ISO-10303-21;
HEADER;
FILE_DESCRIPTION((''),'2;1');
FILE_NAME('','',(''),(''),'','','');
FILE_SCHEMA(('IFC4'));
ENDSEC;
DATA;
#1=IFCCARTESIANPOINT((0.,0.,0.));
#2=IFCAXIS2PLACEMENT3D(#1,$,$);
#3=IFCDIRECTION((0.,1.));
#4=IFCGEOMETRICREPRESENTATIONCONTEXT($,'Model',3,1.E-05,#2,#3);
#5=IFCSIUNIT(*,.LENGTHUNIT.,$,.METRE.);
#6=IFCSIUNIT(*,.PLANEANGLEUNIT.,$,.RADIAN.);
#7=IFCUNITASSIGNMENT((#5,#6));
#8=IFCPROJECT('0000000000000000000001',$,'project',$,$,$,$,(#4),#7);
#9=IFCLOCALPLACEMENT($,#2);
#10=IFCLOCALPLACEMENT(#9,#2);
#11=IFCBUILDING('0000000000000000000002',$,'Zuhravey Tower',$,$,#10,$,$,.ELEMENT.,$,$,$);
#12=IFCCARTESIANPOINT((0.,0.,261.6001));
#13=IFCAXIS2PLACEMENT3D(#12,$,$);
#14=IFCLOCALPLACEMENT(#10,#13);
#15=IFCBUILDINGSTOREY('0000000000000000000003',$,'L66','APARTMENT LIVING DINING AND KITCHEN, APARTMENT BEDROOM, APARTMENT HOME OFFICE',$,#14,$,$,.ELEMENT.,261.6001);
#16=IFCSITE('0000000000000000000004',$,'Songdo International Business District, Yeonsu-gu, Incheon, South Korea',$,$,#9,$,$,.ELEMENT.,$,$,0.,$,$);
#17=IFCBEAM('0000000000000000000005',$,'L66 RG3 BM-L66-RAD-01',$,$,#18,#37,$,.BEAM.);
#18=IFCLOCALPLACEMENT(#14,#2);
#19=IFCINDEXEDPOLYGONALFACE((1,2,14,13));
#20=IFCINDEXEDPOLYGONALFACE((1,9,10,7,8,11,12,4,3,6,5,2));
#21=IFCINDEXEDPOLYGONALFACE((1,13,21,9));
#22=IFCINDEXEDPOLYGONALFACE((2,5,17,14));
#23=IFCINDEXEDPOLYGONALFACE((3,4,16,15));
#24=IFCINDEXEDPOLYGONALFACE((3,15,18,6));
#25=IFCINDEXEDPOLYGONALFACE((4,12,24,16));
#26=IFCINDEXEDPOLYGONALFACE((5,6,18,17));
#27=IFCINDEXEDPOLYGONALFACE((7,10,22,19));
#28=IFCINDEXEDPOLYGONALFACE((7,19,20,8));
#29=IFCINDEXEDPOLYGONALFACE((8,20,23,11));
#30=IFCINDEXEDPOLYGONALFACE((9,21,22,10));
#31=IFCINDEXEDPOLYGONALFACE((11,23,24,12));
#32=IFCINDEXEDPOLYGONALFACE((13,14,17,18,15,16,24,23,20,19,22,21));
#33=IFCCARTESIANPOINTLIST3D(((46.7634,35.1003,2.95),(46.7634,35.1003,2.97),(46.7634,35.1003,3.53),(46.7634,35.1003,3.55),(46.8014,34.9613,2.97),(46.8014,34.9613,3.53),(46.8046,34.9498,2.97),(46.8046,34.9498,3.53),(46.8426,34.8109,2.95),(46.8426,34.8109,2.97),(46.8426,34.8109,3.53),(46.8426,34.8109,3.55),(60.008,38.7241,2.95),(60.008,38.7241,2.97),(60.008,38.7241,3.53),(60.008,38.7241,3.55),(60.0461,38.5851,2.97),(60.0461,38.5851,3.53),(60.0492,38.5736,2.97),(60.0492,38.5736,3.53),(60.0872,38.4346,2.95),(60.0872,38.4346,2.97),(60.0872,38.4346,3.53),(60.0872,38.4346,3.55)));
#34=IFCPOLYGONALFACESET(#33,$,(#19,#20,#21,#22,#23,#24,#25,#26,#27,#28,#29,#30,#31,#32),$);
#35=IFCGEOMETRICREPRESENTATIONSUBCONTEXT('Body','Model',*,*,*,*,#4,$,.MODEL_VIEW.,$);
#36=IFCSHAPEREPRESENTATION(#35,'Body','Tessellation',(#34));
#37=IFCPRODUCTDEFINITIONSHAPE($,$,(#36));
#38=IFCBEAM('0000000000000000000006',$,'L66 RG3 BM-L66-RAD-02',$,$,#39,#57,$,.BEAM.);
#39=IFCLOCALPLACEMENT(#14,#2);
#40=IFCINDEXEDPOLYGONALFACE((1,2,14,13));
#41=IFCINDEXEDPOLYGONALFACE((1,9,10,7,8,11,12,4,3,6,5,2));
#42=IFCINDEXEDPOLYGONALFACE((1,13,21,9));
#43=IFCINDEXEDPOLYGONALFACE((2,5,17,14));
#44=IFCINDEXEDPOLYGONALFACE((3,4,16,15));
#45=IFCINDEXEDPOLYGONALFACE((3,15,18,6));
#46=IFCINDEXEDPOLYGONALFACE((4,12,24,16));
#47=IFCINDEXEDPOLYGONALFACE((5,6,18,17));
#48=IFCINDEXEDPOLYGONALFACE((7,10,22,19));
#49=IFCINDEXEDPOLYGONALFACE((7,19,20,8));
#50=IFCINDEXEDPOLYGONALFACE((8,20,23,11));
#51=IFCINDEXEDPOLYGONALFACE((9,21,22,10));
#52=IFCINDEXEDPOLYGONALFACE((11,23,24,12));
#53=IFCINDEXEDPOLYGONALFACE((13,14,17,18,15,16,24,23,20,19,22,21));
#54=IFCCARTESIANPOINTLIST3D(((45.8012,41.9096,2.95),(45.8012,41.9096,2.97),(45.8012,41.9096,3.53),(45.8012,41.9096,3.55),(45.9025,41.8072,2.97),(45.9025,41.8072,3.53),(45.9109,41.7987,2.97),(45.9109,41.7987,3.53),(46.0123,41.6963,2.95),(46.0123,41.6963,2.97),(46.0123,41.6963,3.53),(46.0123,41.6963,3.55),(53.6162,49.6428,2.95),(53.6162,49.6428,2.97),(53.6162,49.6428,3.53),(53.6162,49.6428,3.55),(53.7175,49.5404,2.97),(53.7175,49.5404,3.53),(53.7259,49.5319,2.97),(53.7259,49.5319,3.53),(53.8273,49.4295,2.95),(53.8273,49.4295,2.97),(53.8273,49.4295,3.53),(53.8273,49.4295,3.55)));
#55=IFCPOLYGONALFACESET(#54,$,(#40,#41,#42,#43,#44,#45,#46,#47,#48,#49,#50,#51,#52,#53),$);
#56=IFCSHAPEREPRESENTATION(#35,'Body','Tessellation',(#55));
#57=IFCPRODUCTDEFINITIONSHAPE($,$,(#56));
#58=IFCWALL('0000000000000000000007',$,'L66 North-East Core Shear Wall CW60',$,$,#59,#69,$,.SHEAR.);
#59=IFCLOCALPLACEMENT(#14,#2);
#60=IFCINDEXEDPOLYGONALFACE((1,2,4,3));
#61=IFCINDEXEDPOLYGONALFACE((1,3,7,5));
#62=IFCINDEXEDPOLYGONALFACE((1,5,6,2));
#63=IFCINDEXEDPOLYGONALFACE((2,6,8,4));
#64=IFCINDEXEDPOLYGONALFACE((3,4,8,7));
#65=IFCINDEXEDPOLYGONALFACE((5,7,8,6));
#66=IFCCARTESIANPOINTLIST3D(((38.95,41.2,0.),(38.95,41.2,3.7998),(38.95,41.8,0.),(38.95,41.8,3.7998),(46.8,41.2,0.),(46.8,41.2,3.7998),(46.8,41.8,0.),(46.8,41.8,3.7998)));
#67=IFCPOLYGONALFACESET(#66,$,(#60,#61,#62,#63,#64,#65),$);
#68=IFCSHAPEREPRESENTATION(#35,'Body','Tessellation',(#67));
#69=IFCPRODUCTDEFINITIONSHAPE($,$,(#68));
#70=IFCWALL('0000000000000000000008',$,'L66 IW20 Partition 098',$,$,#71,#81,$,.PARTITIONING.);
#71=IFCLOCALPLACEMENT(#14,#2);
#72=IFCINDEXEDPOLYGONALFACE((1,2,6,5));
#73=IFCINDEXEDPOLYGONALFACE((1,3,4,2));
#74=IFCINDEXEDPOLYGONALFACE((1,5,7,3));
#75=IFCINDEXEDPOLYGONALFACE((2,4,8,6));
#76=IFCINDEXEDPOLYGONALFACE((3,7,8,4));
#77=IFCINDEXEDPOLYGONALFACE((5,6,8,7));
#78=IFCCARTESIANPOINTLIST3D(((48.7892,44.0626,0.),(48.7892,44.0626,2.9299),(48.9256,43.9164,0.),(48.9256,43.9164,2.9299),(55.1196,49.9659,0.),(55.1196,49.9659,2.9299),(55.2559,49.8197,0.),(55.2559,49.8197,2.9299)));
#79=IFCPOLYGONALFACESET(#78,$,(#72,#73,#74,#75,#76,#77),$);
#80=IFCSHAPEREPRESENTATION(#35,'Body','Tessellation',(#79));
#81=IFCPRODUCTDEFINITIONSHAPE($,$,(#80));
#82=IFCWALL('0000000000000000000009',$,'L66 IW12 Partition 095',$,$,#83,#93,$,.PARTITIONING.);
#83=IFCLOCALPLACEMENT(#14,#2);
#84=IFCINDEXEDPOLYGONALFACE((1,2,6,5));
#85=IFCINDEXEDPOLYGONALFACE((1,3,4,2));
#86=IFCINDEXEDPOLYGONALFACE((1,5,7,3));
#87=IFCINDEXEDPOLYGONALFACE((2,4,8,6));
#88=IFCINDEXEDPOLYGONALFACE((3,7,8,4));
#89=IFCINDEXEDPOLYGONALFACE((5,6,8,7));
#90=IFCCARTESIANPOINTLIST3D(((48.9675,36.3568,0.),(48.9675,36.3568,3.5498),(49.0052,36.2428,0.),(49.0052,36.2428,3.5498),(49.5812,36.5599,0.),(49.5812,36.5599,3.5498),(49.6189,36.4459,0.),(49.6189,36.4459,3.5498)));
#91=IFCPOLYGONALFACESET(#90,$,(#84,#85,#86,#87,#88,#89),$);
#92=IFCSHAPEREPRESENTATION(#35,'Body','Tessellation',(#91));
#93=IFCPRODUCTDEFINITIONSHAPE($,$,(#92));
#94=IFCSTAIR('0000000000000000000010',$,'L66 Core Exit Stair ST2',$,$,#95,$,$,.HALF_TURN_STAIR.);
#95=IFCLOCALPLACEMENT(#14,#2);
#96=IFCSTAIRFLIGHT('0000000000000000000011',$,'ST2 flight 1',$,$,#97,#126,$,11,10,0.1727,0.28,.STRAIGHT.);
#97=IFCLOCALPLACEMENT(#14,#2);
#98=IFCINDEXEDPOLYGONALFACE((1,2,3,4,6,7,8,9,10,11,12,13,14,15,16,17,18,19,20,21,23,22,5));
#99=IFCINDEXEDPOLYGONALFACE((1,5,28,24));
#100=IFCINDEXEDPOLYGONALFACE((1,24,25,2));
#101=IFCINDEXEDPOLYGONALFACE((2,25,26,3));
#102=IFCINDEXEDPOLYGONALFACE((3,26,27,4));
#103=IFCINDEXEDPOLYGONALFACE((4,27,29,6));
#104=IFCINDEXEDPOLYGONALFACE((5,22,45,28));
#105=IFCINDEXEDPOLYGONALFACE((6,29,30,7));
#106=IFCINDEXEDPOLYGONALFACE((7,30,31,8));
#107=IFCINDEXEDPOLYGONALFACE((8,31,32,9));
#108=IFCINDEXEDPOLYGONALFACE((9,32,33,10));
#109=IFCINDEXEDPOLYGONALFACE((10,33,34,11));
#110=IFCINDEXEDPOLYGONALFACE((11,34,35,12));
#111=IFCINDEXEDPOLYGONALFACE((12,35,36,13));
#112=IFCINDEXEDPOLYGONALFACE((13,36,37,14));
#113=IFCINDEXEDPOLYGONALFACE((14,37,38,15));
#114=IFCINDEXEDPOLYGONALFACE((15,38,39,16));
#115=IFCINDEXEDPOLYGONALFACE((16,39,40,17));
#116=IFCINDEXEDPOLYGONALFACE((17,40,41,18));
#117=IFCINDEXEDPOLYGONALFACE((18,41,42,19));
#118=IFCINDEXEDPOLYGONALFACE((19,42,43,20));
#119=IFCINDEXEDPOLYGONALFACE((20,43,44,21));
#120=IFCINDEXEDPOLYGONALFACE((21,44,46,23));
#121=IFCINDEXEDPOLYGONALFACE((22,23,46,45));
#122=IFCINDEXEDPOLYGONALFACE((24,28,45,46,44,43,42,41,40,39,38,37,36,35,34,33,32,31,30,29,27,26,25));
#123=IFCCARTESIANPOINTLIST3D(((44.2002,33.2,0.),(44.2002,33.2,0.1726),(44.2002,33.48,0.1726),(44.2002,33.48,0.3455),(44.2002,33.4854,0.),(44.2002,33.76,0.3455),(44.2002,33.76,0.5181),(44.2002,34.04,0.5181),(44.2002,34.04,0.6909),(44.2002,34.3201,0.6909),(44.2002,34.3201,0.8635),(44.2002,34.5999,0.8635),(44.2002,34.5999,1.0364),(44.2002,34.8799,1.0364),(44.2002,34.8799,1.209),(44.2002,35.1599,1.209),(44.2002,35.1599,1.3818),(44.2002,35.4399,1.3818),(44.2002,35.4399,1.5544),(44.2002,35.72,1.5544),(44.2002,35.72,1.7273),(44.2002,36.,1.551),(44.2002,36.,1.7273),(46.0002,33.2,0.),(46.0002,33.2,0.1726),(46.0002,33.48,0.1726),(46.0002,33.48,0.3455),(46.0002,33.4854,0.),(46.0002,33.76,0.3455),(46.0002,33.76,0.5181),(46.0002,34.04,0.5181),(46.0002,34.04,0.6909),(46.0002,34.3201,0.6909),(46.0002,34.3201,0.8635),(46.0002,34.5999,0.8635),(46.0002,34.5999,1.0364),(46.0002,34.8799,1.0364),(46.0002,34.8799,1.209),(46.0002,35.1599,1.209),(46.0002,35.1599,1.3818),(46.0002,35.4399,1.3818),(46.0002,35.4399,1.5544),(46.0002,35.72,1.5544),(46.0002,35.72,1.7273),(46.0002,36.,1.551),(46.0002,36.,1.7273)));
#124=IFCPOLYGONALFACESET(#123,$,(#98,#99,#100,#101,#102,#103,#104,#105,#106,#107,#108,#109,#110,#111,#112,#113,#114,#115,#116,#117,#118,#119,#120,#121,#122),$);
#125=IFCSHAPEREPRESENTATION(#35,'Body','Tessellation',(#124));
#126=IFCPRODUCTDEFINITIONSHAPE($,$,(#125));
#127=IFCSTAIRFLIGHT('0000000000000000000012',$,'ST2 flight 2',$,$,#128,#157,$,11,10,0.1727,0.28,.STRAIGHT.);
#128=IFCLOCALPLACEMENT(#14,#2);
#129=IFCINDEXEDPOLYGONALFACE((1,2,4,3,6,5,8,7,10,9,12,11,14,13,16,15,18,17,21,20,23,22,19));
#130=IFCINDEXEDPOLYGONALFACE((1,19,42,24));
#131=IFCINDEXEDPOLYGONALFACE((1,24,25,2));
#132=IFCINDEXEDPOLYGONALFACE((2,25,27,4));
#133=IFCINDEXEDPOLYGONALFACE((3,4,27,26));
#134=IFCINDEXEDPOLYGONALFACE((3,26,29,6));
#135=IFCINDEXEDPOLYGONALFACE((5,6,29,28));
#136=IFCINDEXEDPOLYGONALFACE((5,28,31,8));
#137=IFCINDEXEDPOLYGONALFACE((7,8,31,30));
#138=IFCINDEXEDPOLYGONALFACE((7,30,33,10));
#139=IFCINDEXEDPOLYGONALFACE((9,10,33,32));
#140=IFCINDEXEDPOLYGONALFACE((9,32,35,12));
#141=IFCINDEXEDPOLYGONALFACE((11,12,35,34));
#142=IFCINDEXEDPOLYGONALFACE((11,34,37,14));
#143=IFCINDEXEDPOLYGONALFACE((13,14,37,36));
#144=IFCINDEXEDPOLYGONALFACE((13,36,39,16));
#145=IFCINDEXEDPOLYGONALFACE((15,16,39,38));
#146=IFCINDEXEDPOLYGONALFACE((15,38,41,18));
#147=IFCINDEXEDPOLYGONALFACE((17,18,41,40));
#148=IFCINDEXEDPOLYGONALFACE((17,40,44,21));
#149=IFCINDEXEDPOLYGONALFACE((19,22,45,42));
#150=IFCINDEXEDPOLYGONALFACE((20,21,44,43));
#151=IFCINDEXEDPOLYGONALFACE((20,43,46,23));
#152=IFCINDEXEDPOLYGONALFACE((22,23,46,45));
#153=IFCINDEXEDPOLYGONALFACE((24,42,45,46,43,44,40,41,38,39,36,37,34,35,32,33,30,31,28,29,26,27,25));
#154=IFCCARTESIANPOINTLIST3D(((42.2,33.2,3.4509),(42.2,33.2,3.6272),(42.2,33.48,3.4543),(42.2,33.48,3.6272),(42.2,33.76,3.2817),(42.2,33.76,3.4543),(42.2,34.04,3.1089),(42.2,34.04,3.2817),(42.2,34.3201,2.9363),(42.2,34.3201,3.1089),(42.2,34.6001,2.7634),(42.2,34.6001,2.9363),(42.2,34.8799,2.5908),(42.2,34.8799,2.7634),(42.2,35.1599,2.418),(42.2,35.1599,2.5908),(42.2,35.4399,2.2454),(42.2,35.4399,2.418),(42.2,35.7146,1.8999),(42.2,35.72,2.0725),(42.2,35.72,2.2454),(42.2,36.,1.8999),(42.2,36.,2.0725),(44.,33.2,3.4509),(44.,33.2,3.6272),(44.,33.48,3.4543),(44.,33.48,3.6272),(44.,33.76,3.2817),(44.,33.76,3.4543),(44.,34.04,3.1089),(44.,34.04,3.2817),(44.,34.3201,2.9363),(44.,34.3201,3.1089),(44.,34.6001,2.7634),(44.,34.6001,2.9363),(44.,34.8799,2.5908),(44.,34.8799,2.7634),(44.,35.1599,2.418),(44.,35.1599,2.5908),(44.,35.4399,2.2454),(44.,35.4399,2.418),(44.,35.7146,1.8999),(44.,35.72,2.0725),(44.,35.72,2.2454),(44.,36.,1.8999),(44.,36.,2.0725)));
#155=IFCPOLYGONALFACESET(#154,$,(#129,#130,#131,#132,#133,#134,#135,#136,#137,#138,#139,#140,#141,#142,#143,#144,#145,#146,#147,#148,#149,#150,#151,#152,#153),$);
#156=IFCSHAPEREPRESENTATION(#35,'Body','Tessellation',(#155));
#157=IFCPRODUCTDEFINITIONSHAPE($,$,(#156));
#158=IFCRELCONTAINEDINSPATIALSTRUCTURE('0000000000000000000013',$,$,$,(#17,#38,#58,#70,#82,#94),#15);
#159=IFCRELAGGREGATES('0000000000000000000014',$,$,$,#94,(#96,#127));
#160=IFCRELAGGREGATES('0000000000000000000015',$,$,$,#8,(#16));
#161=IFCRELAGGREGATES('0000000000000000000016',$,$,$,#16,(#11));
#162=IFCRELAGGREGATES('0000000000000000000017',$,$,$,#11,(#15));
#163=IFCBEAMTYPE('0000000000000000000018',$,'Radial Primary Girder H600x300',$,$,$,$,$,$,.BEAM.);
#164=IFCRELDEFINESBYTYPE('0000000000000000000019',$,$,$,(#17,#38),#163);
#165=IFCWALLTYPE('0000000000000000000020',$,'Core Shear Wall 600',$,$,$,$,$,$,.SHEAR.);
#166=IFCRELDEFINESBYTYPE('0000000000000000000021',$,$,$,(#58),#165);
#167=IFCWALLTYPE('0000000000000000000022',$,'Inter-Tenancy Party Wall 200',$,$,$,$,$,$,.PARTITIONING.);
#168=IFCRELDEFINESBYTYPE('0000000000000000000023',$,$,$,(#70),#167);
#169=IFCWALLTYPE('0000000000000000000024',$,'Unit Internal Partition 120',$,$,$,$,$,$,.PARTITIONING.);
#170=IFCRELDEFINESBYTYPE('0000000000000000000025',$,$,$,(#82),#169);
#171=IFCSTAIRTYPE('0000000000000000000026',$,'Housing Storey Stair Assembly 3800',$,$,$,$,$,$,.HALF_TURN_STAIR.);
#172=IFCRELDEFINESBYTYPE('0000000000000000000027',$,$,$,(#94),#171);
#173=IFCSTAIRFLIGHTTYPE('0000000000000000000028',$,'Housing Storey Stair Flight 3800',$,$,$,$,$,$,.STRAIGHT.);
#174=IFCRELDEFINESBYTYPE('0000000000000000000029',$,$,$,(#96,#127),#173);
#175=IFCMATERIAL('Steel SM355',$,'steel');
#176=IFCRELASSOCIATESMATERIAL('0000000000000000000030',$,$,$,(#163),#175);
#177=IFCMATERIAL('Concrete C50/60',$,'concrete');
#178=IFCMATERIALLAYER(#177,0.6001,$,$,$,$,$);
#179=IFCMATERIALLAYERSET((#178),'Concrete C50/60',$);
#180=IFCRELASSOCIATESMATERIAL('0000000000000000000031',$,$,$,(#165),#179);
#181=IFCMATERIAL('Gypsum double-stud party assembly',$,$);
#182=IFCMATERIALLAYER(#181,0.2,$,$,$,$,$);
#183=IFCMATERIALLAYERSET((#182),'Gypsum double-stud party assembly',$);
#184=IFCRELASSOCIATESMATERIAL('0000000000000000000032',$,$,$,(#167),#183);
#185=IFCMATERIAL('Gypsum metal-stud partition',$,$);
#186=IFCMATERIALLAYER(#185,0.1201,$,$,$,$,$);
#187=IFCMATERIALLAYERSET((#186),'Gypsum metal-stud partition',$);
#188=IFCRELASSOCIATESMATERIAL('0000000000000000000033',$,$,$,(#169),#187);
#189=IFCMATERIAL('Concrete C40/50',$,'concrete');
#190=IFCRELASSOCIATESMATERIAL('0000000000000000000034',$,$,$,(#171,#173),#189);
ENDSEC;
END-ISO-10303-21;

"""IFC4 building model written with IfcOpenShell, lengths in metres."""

from ifc_helpers import new_model, si_unit, direction, frame, frame_2d, origin, origin_2d, place, context, subcontext, project, spatial, polyline, rectangle, i_section, outline, extrude, material, layer, layer_set, material_profile, profile_set, type_object, element, aggregate, save


model = new_model("IFC4")

# Units and contexts
model_context = context("Model", 3, precision=1e-05, world=origin(), true_north=direction((0.0, 1.0)))
body_context = subcontext(model_context, "Body", "Model", "MODEL_VIEW")
ifc_project = project(units=[si_unit("LENGTHUNIT", "METRE"), si_unit("PLANEANGLEUNIT", "RADIAN")], contexts=[model_context])

# Site, building, storey
site_placement = place(None, origin())
site = spatial("IfcSite", under=ifc_project, at=site_placement, Name="Songdo International Business District, Yeonsu-gu, Incheon, South Korea", CompositionType="ELEMENT", RefElevation=0.0)
building_placement = place(site_placement, origin())
building = spatial("IfcBuilding", under=site, at=building_placement, Name="Zuhravey Tower", CompositionType="ELEMENT")
storey_placement = place(building_placement, frame((0.0, 0.0, 261.6001)))
storey = spatial("IfcBuildingStorey", under=building, at=storey_placement, Name="L66", Description="APARTMENT LIVING DINING AND KITCHEN, APARTMENT BEDROOM, APARTMENT HOME OFFICE", CompositionType="ELEMENT", Elevation=261.6001)

# Beams
ifc_material_1 = material(Name="Steel SM355", Category="steel")
ifc_material_profile = material_profile(ifc_material_1, i_section(OverallWidth=0.3, OverallDepth=0.6001, WebThickness=0.012, FlangeThickness=0.02, at=origin_2d()), Name="H-600x300x12x20")
ifc_profile_set = profile_set([ifc_material_profile], Name="Steel SM355")
beam_type = type_object("IfcBeamType", Name="Radial Primary Girder H600x300", PredefinedType="BEAM", material=ifc_profile_set)
beam_1_placement = place(storey_placement, frame((46.803, 34.9556, 3.25), z_axis=(0.964549, 0.263904, 0.0), x_axis=(-0.263904, 0.964549, 0.0)))
element("IfcBeam", 1, at=beam_1_placement, inside=storey, type_object=beam_type, Name="L66 RG3 BM-L66-RAD-01", PredefinedType="BEAM", context=body_context, shape_type="SweptSolid", body=[
    extrude(i_section(OverallWidth=0.3, OverallDepth=0.6001, WebThickness=0.012, FlangeThickness=0.02, at=origin_2d()), origin(), (0.0, 0.0, 1.0), 13.7314),
])
beam_2_placement = place(storey_placement, frame((45.9067, 41.803, 3.25), z_axis=(0.710817, 0.703377, 0.0), x_axis=(-0.703377, 0.710817, 0.0)))
element("IfcBeam", 2, at=beam_2_placement, inside=storey, type_object=beam_type, Name="L66 RG3 BM-L66-RAD-02", PredefinedType="BEAM", context=body_context, shape_type="SweptSolid", body=[
    extrude(i_section(OverallWidth=0.3, OverallDepth=0.6001, WebThickness=0.012, FlangeThickness=0.02, at=origin_2d()), origin(), (0.0, 0.0, 1.0), 10.9944),
])

# Walls
ifc_material_2 = material(Name="Concrete C50/60", Category="concrete")
ifc_layer_1 = layer(ifc_material_2, 0.6001)
ifc_layer_set_1 = layer_set([ifc_layer_1], Name="Concrete C50/60")
wall_type_1 = type_object("IfcWallType", Name="Core Shear Wall 600", PredefinedType="SHEAR", material=ifc_layer_set_1)
wall_1_placement = place(storey_placement, frame((46.8, 41.5, 0.0), z_axis=(0.0, 0.0, 1.0), x_axis=(-1.0, 0.0, 0.0)))
element("IfcWall", 3, at=wall_1_placement, inside=storey, type_object=wall_type_1, Name="L66 North-East Core Shear Wall CW60", PredefinedType="SHEAR", context=body_context, shape_type="SweptSolid", body=[
    extrude(rectangle(XDim=7.8501, YDim=0.6001, at=frame_2d((3.925, 0.0))), origin(), (0.0, 0.0, 1.0), 3.7998),
])
ifc_material_3 = material(Name="Gypsum double-stud party assembly")
ifc_layer_2 = layer(ifc_material_3, 0.2)
ifc_layer_set_2 = layer_set([ifc_layer_2], Name="Gypsum double-stud party assembly")
wall_type_2 = type_object("IfcWallType", Name="Inter-Tenancy Party Wall 200", PredefinedType="PARTITIONING", material=ifc_layer_set_2)
wall_2_placement = place(storey_placement, frame((48.8574, 43.9895, 0.0), z_axis=(0.0, 0.0, 1.0), x_axis=(0.731342, 0.682011, 0.0)))
element("IfcWall", 4, at=wall_2_placement, inside=storey, type_object=wall_type_2, Name="L66 IW20 Partition 098", PredefinedType="PARTITIONING", context=body_context, shape_type="SweptSolid", body=[
    extrude(rectangle(XDim=8.6558, YDim=0.2, at=frame_2d((4.3279, 0.0))), origin(), (0.0, 0.0, 1.0), 2.9299),
])
ifc_material_4 = material(Name="Gypsum metal-stud partition")
ifc_layer_3 = layer(ifc_material_4, 0.1201)
ifc_layer_set_3 = layer_set([ifc_layer_3], Name="Gypsum metal-stud partition")
wall_type_3 = type_object("IfcWallType", Name="Unit Internal Partition 120", PredefinedType="PARTITIONING", material=ifc_layer_set_3)
wall_3_placement = place(storey_placement, frame((48.9863, 36.2998, 0.0), z_axis=(0.0, 0.0, 1.0), x_axis=(0.949361, 0.314188, 0.0)))
element("IfcWall", 5, at=wall_3_placement, inside=storey, type_object=wall_type_3, Name="L66 IW12 Partition 095", PredefinedType="PARTITIONING", context=body_context, shape_type="SweptSolid", body=[
    extrude(rectangle(XDim=0.6465, YDim=0.1201, at=frame_2d((0.3232, 0.0))), origin(), (0.0, 0.0, 1.0), 3.5498),
])

# Stair, stair flights
ifc_material_5 = material(Name="Concrete C40/50", Category="concrete")
stair_type = type_object("IfcStairType", Name="Housing Storey Stair Assembly 3800", PredefinedType="HALF_TURN_STAIR", material=ifc_material_5)
stair_placement = place(storey_placement, origin())
stair = element("IfcStair", 6, at=stair_placement, inside=storey, type_object=stair_type, Name="L66 Core Exit Stair ST2", PredefinedType="HALF_TURN_STAIR")
stair_flight_type = type_object("IfcStairFlightType", Name="Housing Storey Stair Flight 3800", PredefinedType="STRAIGHT", material=ifc_material_5)
stair_flight_1_placement = place(storey_placement, frame((45.1001, 33.2, 0.0), z_axis=(0.0, 0.0, 1.0), x_axis=(0.0, 1.0, 0.0)))
stair_flight_1 = element("IfcStairFlight", 7, at=stair_flight_1_placement, type_object=stair_flight_type, Name="ST2 flight 1", NumberOfRisers=11, NumberOfTreads=10, PredefinedType="STRAIGHT", RiserHeight=0.1727, TreadLength=0.28, context=body_context, shape_type="SweptSolid", body=[
    extrude(outline(polyline([(0.0, 0.0), (0.0, 0.1726), (0.28, 0.1726), (0.28, 0.3455), (0.5601, 0.3455), (0.5601, 0.5181), (0.8401, 0.5181), (0.8401, 0.6909), (1.1201, 0.6909), (1.1201, 0.8635), (1.3999, 0.8635), (1.3999, 1.0364), (1.6799, 1.0364), (1.6799, 1.209), (1.96, 1.209), (1.96, 1.3818), (2.24, 1.3818), (2.24, 1.5544), (2.52, 1.5544), (2.52, 1.7273), (2.8, 1.7273), (2.8, 1.8999), (2.8, 1.551), (0.2854, 0.0), (0.0, 0.0)])), frame((0.0, 0.8999, 0.0), z_axis=(0.0, -1.0, 0.0), x_axis=(1.0, 0.0, 0.0)), (0.0, 0.0, 1.0), 1.8),
])
stair_flight_2_placement = place(storey_placement, frame((43.1001, 36.0, 1.8999), z_axis=(0.0, 0.0, 1.0), x_axis=(0.0, -1.0, 0.0)))
stair_flight_2 = element("IfcStairFlight", 8, at=stair_flight_2_placement, type_object=stair_flight_type, Name="ST2 flight 2", NumberOfRisers=11, NumberOfTreads=10, PredefinedType="STRAIGHT", RiserHeight=0.1727, TreadLength=0.28, context=body_context, shape_type="SweptSolid", body=[
    extrude(outline(polyline([(0.0, 0.0), (0.0, 0.1726), (0.28, 0.1726), (0.28, 0.3455), (0.5601, 0.3455), (0.5601, 0.5181), (0.8401, 0.5181), (0.8401, 0.6909), (1.1201, 0.6909), (1.1201, 0.8635), (1.3999, 0.8635), (1.3999, 1.0364), (1.6799, 1.0364), (1.6799, 1.209), (1.96, 1.209), (1.96, 1.3818), (2.24, 1.3818), (2.24, 1.5544), (2.52, 1.5544), (2.52, 1.7273), (2.8, 1.7273), (2.8, 1.8999), (2.8, 1.551), (0.2854, 0.0), (0.0, 0.0)])), frame((0.0, 0.8999, 0.0), z_axis=(0.0, -1.0, 0.0), x_axis=(1.0, 0.0, 0.0)), (0.0, 0.0, 1.0), 1.8),
])
aggregate(stair, [stair_flight_1, stair_flight_2])

save(model, "model.ifc")
